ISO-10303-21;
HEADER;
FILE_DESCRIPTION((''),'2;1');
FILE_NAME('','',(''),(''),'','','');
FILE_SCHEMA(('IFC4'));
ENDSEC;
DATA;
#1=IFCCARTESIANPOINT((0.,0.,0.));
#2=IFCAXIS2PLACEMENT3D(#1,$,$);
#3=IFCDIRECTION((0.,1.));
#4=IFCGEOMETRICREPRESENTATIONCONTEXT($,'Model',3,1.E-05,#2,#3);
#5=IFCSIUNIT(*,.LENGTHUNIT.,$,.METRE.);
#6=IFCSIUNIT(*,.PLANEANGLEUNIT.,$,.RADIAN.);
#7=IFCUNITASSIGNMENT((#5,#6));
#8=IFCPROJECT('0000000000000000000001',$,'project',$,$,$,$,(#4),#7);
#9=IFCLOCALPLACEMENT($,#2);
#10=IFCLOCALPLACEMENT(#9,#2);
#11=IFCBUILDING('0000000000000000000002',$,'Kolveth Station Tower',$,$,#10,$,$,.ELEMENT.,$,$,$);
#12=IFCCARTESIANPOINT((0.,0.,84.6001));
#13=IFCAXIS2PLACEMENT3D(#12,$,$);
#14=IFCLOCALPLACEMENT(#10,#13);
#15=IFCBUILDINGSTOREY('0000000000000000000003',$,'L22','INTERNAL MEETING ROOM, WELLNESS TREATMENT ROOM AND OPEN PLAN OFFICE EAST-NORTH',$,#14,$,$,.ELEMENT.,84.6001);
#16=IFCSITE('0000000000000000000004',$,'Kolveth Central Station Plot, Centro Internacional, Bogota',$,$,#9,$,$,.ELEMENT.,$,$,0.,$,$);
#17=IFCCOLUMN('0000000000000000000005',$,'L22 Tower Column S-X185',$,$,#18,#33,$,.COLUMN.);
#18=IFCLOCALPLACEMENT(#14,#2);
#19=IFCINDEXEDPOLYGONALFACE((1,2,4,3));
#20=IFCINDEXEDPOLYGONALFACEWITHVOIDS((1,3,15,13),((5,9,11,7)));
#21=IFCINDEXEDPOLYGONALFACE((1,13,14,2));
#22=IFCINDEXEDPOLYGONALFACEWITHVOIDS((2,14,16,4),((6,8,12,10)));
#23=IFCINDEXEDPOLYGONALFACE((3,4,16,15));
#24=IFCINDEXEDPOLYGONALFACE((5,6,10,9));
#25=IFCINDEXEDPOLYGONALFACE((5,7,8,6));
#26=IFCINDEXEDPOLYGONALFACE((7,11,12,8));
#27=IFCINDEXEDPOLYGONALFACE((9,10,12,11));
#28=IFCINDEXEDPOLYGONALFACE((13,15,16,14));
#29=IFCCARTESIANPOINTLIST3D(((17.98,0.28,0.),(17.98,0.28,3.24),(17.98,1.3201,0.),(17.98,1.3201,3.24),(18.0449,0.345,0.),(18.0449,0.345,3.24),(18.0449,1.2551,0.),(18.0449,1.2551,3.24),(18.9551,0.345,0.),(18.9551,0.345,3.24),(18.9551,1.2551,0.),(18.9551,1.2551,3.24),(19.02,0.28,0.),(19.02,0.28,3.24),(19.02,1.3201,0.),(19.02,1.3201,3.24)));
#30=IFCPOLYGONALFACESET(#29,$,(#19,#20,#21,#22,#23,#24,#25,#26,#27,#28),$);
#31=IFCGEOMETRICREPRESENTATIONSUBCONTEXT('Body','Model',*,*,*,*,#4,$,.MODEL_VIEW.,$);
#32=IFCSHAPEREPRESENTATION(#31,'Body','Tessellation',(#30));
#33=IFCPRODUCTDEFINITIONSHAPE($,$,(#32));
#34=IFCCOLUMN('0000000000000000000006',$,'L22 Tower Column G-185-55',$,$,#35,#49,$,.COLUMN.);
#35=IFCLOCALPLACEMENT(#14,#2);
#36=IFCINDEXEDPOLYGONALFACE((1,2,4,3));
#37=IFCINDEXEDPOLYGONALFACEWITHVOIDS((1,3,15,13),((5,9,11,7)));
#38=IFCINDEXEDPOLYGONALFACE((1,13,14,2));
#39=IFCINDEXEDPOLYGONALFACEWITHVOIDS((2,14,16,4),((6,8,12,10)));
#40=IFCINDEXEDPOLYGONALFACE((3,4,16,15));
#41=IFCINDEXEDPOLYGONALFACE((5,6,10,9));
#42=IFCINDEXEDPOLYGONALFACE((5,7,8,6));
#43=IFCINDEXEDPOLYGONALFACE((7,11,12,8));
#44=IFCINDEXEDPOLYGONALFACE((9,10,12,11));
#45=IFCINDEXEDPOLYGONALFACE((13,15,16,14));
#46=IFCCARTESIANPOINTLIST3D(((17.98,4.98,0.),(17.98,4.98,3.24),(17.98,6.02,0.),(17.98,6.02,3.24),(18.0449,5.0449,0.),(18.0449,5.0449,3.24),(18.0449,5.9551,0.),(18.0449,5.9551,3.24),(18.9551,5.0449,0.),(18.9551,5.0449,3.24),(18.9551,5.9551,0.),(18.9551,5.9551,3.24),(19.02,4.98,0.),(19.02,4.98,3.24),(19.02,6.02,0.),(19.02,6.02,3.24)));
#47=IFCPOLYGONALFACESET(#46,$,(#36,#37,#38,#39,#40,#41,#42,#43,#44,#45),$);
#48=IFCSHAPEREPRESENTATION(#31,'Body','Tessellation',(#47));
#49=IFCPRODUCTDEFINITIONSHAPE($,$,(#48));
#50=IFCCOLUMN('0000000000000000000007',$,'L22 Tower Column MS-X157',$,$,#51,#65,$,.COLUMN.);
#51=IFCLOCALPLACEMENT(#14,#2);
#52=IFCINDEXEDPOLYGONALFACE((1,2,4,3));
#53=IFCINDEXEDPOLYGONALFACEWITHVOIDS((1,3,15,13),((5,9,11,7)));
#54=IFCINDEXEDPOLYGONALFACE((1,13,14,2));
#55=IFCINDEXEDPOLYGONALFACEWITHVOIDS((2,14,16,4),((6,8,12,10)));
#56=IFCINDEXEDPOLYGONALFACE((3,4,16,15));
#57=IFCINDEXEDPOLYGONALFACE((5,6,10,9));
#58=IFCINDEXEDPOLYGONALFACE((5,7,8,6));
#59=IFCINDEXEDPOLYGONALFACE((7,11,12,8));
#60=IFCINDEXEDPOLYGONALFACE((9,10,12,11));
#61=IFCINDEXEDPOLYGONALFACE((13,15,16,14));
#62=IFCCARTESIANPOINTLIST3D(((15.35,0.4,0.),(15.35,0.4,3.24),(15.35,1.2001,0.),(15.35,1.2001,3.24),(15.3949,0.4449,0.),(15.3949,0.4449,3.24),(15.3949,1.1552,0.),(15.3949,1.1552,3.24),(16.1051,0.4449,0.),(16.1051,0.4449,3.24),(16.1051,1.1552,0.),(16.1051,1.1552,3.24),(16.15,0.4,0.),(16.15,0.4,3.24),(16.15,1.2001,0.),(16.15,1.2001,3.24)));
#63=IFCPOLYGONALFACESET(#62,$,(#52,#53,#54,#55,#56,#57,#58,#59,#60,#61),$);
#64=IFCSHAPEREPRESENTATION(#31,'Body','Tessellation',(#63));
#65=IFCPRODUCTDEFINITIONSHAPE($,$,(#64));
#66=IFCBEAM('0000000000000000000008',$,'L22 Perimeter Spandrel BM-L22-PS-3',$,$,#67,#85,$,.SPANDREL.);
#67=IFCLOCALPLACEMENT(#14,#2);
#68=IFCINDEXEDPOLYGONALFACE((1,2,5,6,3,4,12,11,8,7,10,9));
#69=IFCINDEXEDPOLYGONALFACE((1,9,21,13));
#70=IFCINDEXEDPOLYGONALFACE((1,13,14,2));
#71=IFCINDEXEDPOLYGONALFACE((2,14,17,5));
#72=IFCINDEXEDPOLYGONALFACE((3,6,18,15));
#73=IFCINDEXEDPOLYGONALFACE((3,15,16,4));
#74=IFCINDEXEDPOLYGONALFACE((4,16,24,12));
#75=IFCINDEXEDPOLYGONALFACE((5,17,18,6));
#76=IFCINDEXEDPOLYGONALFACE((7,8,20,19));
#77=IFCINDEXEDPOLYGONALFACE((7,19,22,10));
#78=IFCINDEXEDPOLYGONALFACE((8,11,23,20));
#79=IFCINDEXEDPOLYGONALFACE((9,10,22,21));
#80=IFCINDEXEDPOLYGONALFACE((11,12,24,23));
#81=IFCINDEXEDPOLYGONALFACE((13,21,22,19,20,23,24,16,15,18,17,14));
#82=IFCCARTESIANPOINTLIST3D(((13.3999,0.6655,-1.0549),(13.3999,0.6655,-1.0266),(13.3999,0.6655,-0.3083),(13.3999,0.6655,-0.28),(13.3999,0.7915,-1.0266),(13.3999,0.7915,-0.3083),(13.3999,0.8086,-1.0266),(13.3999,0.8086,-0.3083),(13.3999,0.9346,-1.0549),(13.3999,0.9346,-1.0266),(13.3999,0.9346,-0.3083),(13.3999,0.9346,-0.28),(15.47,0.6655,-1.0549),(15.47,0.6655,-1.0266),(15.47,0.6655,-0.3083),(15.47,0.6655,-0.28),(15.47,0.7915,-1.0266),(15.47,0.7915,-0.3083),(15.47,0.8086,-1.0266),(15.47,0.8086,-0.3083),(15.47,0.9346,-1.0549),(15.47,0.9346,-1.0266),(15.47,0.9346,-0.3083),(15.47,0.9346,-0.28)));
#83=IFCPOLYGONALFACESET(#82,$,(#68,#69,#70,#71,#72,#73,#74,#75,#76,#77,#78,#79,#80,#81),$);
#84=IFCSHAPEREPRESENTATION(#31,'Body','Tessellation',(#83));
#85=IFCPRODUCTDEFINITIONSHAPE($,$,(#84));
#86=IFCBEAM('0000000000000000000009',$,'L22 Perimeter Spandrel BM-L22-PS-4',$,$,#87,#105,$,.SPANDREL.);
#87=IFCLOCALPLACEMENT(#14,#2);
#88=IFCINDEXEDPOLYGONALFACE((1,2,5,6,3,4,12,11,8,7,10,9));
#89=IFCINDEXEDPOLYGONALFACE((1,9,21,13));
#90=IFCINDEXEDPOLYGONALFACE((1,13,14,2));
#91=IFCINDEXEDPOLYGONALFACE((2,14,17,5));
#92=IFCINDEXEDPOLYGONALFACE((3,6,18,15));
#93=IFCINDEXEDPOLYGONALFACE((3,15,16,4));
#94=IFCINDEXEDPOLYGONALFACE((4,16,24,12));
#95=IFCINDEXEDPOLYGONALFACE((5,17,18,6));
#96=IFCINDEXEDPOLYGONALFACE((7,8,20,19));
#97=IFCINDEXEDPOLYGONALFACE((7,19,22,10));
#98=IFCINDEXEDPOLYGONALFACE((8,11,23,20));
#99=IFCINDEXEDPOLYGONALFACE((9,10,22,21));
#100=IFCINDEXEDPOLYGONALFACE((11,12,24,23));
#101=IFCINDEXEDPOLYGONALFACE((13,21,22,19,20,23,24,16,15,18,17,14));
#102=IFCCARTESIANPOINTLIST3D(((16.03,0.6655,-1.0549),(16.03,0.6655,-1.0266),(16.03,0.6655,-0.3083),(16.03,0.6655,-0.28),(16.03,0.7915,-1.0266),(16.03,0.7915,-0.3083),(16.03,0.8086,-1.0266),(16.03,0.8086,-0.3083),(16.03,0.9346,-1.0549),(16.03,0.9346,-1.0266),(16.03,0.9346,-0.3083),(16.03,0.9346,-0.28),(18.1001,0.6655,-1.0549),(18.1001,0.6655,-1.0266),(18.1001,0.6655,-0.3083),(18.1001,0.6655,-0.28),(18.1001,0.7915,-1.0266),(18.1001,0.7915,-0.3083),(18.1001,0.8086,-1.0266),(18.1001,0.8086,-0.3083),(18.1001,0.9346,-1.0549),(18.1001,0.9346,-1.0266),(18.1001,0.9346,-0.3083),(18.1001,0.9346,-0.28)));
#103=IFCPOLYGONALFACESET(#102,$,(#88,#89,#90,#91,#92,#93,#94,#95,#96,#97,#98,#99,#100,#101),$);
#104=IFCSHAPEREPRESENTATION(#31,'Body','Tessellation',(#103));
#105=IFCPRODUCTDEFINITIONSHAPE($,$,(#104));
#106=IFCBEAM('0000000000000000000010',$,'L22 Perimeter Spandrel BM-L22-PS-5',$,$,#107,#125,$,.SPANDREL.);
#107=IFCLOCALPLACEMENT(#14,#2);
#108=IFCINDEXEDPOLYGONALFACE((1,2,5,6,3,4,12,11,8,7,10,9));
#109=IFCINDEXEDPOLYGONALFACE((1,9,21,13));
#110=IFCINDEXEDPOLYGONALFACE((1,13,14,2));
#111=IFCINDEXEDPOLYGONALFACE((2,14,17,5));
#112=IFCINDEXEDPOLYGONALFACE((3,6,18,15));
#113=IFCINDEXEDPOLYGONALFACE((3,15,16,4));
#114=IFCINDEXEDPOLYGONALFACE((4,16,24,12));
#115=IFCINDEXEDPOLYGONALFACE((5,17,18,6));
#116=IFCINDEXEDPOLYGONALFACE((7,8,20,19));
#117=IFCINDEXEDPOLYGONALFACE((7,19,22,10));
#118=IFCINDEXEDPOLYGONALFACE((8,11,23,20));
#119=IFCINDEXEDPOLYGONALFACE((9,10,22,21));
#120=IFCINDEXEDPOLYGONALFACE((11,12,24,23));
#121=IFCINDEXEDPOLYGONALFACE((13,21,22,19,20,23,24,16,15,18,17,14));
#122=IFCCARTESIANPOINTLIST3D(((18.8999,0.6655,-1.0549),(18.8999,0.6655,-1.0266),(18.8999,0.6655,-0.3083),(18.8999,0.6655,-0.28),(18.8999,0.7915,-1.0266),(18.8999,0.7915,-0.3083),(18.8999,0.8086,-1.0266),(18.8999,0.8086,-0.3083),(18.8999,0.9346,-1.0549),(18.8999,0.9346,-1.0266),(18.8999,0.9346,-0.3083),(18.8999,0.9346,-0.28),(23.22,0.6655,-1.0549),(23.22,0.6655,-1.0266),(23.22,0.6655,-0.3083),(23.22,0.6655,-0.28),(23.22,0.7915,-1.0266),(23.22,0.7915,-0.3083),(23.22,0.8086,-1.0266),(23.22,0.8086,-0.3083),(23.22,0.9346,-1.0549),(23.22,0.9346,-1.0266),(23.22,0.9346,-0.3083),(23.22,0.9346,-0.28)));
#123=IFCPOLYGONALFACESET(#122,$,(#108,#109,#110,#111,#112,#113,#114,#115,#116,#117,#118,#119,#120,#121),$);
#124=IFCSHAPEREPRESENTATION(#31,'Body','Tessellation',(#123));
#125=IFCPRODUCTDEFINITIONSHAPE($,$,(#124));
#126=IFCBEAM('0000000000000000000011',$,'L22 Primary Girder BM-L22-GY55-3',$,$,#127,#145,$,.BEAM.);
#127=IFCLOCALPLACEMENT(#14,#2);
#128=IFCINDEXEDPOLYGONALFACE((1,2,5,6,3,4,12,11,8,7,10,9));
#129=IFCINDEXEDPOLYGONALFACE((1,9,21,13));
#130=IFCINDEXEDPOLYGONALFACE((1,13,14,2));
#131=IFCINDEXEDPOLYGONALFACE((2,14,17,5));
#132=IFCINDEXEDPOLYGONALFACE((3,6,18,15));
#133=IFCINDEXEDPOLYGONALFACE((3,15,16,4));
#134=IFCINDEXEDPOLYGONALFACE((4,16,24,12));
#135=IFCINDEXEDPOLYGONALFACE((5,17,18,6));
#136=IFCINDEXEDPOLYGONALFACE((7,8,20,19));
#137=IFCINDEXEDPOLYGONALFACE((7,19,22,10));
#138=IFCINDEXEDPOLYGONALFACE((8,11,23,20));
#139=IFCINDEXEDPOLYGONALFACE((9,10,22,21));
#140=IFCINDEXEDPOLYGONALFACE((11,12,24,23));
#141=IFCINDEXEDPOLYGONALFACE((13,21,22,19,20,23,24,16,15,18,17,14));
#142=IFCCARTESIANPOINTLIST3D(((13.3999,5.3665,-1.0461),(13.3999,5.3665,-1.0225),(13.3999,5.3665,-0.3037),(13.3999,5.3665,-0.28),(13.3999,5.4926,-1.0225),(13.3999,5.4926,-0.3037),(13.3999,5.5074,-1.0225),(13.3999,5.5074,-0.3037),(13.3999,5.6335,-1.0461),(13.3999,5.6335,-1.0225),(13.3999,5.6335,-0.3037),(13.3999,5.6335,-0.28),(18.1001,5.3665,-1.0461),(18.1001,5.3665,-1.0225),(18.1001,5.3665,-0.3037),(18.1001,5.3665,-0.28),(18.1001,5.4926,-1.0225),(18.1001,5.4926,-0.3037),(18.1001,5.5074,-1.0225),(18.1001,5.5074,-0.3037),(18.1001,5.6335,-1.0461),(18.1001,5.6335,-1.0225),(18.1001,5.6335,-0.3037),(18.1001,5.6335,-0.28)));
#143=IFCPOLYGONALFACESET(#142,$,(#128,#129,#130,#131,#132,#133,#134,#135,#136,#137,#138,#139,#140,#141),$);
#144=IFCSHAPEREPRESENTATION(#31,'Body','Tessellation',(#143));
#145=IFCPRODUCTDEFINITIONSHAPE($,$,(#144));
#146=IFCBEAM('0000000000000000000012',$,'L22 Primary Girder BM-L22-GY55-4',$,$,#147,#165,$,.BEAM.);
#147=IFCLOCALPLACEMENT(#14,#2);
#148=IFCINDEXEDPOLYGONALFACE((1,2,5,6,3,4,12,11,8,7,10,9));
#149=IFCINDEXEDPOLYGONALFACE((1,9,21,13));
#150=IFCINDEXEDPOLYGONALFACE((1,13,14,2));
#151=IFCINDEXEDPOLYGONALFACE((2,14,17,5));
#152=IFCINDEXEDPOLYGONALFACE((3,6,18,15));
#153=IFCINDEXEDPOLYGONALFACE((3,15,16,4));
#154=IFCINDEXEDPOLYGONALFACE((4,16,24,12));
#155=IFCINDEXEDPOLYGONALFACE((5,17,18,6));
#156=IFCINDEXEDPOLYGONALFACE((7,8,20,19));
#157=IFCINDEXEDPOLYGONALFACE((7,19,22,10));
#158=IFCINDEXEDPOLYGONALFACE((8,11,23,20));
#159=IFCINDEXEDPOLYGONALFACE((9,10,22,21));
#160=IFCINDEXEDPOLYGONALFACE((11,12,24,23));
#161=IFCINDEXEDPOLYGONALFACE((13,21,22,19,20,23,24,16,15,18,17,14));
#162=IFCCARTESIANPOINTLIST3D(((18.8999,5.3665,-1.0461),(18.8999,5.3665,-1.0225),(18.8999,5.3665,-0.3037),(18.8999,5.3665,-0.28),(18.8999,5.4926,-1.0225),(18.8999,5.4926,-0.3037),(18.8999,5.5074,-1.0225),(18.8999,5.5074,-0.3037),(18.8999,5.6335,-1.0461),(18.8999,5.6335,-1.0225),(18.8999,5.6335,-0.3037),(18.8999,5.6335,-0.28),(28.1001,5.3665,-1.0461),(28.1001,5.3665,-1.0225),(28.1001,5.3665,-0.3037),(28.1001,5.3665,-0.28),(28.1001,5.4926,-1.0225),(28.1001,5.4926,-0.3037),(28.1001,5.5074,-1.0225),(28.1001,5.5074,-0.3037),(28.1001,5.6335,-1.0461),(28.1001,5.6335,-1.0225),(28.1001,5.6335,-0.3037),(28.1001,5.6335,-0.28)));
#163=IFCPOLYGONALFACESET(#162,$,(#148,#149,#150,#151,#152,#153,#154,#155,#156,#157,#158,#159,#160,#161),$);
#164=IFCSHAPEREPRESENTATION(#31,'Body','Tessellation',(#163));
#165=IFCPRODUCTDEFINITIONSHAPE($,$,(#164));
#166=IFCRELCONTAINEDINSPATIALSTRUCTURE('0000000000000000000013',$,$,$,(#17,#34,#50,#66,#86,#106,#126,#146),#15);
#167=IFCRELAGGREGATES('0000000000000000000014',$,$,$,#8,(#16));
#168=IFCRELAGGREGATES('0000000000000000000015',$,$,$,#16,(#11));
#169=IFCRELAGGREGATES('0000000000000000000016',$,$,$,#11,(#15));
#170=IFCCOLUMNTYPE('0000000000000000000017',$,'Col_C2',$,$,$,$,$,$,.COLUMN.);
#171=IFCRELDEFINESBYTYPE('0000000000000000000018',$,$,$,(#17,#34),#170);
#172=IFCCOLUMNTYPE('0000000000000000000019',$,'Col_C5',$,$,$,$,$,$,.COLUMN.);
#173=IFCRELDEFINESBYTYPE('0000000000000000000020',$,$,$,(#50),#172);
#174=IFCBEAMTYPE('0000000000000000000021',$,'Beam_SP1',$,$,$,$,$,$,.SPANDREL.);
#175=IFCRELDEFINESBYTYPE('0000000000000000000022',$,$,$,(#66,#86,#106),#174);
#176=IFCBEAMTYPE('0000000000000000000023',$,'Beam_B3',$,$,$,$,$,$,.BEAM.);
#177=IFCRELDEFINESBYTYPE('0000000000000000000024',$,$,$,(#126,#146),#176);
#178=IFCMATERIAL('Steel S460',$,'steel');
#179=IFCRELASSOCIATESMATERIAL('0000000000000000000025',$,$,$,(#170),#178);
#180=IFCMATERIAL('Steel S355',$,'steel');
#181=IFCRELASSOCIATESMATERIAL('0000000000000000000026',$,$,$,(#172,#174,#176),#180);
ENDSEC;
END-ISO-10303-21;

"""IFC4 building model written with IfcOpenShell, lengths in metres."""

from ifc_helpers import new_model, si_unit, direction, frame, origin, origin_2d, place, context, subcontext, project, spatial, hollow_rectangle, i_section, extrude, source, transform, mapped, material, material_profile, profile_set, type_object, element, save


model = new_model("IFC4")

# Units and contexts
model_context = context("Model", 3, precision=1e-05, world=origin(), true_north=direction((0.0, 1.0)))
body_context = subcontext(model_context, "Body", "Model", "MODEL_VIEW")
ifc_project = project(units=[si_unit("LENGTHUNIT", "METRE"), si_unit("PLANEANGLEUNIT", "RADIAN")], contexts=[model_context])

# Site, building, storey
site_placement = place(None, origin())
site = spatial("IfcSite", under=ifc_project, at=site_placement, Name="Kolveth Central Station Plot, Centro Internacional, Bogota", CompositionType="ELEMENT", RefElevation=0.0)
building_placement = place(site_placement, origin())
building = spatial("IfcBuilding", under=site, at=building_placement, Name="Kolveth Station Tower", CompositionType="ELEMENT")
storey_placement = place(building_placement, frame((0.0, 0.0, 84.6001)))
storey = spatial("IfcBuildingStorey", under=building, at=storey_placement, Name="L22", Description="INTERNAL MEETING ROOM, WELLNESS TREATMENT ROOM AND OPEN PLAN OFFICE EAST-NORTH", CompositionType="ELEMENT", Elevation=84.6001)

# Columns
ifc_material_1 = material(Name="Steel S460", Category="steel")
ifc_material_profile_1 = material_profile(ifc_material_1, hollow_rectangle(XDim=1.04, YDim=1.04, WallThickness=0.0649, at=origin_2d()), Name="BOX1040x1040x65")
ifc_profile_set_1 = profile_set([ifc_material_profile_1], Name="Steel S460")
column_type_1 = type_object("IfcColumnType", Name="Col_C2", PredefinedType="COLUMN", material=ifc_profile_set_1)
shared_shape_1 = source(origin(), body_context, "Body", "SweptSolid", [
    extrude(hollow_rectangle(XDim=1.04, YDim=1.04, WallThickness=0.0649, at=origin_2d()), origin(), (0.0, 0.0, 1.0), 3.24),
])
for number, where, z_axis, x_axis, name in (
    (1, (18.5, 0.8, 0.0), (0.0, 0.0, 1.0), (1.0, 0.0, 0.0), "L22 Tower Column S-X185"),
    (2, (18.5, 5.5, 0.0), (0.0, 0.0, 1.0), (1.0, 0.0, 0.0), "L22 Tower Column G-185-55"),
):
    element("IfcColumn", number, at=place(storey_placement, frame(where, z_axis=z_axis, x_axis=x_axis)), inside=storey, type_object=column_type_1, Name=name, PredefinedType="COLUMN", context=body_context, shape_type="MappedRepresentation", body=[
        mapped(shared_shape_1, transform((0.0, 0.0, 0.0), x_axis=(1.0, 0.0, 0.0), y_axis=(0.0, 1.0, 0.0), z_axis=(0.0, 0.0, 1.0), scale=1.0)),
    ])
ifc_material_2 = material(Name="Steel S355", Category="steel")
ifc_material_profile_2 = material_profile(ifc_material_2, hollow_rectangle(XDim=0.8, YDim=0.8, WallThickness=0.0449, at=origin_2d()), Name="BOX800x800x45")
ifc_profile_set_2 = profile_set([ifc_material_profile_2], Name="Steel S355")
column_type_2 = type_object("IfcColumnType", Name="Col_C5", PredefinedType="COLUMN", material=ifc_profile_set_2)
shared_shape_2 = source(origin(), body_context, "Body", "SweptSolid", [
    extrude(hollow_rectangle(XDim=0.8, YDim=0.8, WallThickness=0.0449, at=origin_2d()), origin(), (0.0, 0.0, 1.0), 3.24),
])
column_placement = place(storey_placement, frame((15.75, 0.8, 0.0), z_axis=(0.0, 0.0, 1.0), x_axis=(1.0, 0.0, 0.0)))
element("IfcColumn", 3, at=column_placement, inside=storey, type_object=column_type_2, Name="L22 Tower Column MS-X157", PredefinedType="COLUMN", context=body_context, shape_type="MappedRepresentation", body=[
    mapped(shared_shape_2, transform((0.0, 0.0, 0.0), x_axis=(1.0, 0.0, 0.0), y_axis=(0.0, 1.0, 0.0), z_axis=(0.0, 0.0, 1.0), scale=1.0)),
])

# Beams
ifc_material_profile_3 = material_profile(ifc_material_2, i_section(OverallWidth=0.269, OverallDepth=0.7749, WebThickness=0.0171, FlangeThickness=0.0283, at=origin_2d()), Name="W760x220")
ifc_profile_set_3 = profile_set([ifc_material_profile_3], Name="Steel S355")
beam_type_1 = type_object("IfcBeamType", Name="Beam_SP1", PredefinedType="SPANDREL", material=ifc_profile_set_3)
shared_shape_3 = source(origin(), body_context, "Body", "SweptSolid", [
    extrude(i_section(OverallWidth=0.269, OverallDepth=0.7749, WebThickness=0.0171, FlangeThickness=0.0283, at=origin_2d()), origin(), (0.0, 0.0, 1.0), 2.0701),
])
for number, where, z_axis, x_axis, name in (
    (4, (13.3999, 0.8, -0.6675), (1.0, 0.0, 0.0), (0.0, 1.0, 0.0), "L22 Perimeter Spandrel BM-L22-PS-3"),
    (5, (16.03, 0.8, -0.6675), (1.0, 0.0, 0.0), (0.0, 1.0, 0.0), "L22 Perimeter Spandrel BM-L22-PS-4"),
):
    element("IfcBeam", number, at=place(storey_placement, frame(where, z_axis=z_axis, x_axis=x_axis)), inside=storey, type_object=beam_type_1, Name=name, PredefinedType="SPANDREL", context=body_context, shape_type="MappedRepresentation", body=[
        mapped(shared_shape_3, transform((0.0, 0.0, 0.0), x_axis=(1.0, 0.0, 0.0), y_axis=(0.0, 1.0, 0.0), z_axis=(0.0, 0.0, 1.0), scale=1.0)),
    ])
shared_shape_4 = source(origin(), body_context, "Body", "SweptSolid", [
    extrude(i_section(OverallWidth=0.269, OverallDepth=0.7749, WebThickness=0.0171, FlangeThickness=0.0283, at=origin_2d()), origin(), (0.0, 0.0, 1.0), 4.3201),
])
beam_1_placement = place(storey_placement, frame((18.8999, 0.8, -0.6675), z_axis=(1.0, 0.0, 0.0), x_axis=(0.0, 1.0, 0.0)))
element("IfcBeam", 6, at=beam_1_placement, inside=storey, type_object=beam_type_1, Name="L22 Perimeter Spandrel BM-L22-PS-5", PredefinedType="SPANDREL", context=body_context, shape_type="MappedRepresentation", body=[
    mapped(shared_shape_4, transform((0.0, 0.0, 0.0), x_axis=(1.0, 0.0, 0.0), y_axis=(0.0, 1.0, 0.0), z_axis=(0.0, 0.0, 1.0), scale=1.0)),
])
ifc_material_profile_4 = material_profile(ifc_material_2, i_section(OverallWidth=0.2671, OverallDepth=0.7661, WebThickness=0.0149, FlangeThickness=0.0237, at=origin_2d()), Name="W760x185")
ifc_profile_set_4 = profile_set([ifc_material_profile_4], Name="Steel S355")
beam_type_2 = type_object("IfcBeamType", Name="Beam_B3", PredefinedType="BEAM", material=ifc_profile_set_4)
shared_shape_5 = source(origin(), body_context, "Body", "SweptSolid", [
    extrude(i_section(OverallWidth=0.2671, OverallDepth=0.7661, WebThickness=0.0149, FlangeThickness=0.0237, at=origin_2d()), origin(), (0.0, 0.0, 1.0), 4.7002),
])
beam_2_placement = place(storey_placement, frame((13.3999, 5.5, -0.6631), z_axis=(1.0, 0.0, 0.0), x_axis=(0.0, 1.0, 0.0)))
element("IfcBeam", 7, at=beam_2_placement, inside=storey, type_object=beam_type_2, Name="L22 Primary Girder BM-L22-GY55-3", PredefinedType="BEAM", context=body_context, shape_type="MappedRepresentation", body=[
    mapped(shared_shape_5, transform((0.0, 0.0, 0.0), x_axis=(1.0, 0.0, 0.0), y_axis=(0.0, 1.0, 0.0), z_axis=(0.0, 0.0, 1.0), scale=1.0)),
])
shared_shape_6 = source(origin(), body_context, "Body", "SweptSolid", [
    extrude(i_section(OverallWidth=0.2671, OverallDepth=0.7661, WebThickness=0.0149, FlangeThickness=0.0237, at=origin_2d()), origin(), (0.0, 0.0, 1.0), 9.2002),
])
beam_3_placement = place(storey_placement, frame((18.8999, 5.5, -0.6631), z_axis=(1.0, 0.0, 0.0), x_axis=(0.0, 1.0, 0.0)))
element("IfcBeam", 8, at=beam_3_placement, inside=storey, type_object=beam_type_2, Name="L22 Primary Girder BM-L22-GY55-4", PredefinedType="BEAM", context=body_context, shape_type="MappedRepresentation", body=[
    mapped(shared_shape_6, transform((0.0, 0.0, 0.0), x_axis=(1.0, 0.0, 0.0), y_axis=(0.0, 1.0, 0.0), z_axis=(0.0, 0.0, 1.0), scale=1.0)),
])

save(model, "model.ifc")
